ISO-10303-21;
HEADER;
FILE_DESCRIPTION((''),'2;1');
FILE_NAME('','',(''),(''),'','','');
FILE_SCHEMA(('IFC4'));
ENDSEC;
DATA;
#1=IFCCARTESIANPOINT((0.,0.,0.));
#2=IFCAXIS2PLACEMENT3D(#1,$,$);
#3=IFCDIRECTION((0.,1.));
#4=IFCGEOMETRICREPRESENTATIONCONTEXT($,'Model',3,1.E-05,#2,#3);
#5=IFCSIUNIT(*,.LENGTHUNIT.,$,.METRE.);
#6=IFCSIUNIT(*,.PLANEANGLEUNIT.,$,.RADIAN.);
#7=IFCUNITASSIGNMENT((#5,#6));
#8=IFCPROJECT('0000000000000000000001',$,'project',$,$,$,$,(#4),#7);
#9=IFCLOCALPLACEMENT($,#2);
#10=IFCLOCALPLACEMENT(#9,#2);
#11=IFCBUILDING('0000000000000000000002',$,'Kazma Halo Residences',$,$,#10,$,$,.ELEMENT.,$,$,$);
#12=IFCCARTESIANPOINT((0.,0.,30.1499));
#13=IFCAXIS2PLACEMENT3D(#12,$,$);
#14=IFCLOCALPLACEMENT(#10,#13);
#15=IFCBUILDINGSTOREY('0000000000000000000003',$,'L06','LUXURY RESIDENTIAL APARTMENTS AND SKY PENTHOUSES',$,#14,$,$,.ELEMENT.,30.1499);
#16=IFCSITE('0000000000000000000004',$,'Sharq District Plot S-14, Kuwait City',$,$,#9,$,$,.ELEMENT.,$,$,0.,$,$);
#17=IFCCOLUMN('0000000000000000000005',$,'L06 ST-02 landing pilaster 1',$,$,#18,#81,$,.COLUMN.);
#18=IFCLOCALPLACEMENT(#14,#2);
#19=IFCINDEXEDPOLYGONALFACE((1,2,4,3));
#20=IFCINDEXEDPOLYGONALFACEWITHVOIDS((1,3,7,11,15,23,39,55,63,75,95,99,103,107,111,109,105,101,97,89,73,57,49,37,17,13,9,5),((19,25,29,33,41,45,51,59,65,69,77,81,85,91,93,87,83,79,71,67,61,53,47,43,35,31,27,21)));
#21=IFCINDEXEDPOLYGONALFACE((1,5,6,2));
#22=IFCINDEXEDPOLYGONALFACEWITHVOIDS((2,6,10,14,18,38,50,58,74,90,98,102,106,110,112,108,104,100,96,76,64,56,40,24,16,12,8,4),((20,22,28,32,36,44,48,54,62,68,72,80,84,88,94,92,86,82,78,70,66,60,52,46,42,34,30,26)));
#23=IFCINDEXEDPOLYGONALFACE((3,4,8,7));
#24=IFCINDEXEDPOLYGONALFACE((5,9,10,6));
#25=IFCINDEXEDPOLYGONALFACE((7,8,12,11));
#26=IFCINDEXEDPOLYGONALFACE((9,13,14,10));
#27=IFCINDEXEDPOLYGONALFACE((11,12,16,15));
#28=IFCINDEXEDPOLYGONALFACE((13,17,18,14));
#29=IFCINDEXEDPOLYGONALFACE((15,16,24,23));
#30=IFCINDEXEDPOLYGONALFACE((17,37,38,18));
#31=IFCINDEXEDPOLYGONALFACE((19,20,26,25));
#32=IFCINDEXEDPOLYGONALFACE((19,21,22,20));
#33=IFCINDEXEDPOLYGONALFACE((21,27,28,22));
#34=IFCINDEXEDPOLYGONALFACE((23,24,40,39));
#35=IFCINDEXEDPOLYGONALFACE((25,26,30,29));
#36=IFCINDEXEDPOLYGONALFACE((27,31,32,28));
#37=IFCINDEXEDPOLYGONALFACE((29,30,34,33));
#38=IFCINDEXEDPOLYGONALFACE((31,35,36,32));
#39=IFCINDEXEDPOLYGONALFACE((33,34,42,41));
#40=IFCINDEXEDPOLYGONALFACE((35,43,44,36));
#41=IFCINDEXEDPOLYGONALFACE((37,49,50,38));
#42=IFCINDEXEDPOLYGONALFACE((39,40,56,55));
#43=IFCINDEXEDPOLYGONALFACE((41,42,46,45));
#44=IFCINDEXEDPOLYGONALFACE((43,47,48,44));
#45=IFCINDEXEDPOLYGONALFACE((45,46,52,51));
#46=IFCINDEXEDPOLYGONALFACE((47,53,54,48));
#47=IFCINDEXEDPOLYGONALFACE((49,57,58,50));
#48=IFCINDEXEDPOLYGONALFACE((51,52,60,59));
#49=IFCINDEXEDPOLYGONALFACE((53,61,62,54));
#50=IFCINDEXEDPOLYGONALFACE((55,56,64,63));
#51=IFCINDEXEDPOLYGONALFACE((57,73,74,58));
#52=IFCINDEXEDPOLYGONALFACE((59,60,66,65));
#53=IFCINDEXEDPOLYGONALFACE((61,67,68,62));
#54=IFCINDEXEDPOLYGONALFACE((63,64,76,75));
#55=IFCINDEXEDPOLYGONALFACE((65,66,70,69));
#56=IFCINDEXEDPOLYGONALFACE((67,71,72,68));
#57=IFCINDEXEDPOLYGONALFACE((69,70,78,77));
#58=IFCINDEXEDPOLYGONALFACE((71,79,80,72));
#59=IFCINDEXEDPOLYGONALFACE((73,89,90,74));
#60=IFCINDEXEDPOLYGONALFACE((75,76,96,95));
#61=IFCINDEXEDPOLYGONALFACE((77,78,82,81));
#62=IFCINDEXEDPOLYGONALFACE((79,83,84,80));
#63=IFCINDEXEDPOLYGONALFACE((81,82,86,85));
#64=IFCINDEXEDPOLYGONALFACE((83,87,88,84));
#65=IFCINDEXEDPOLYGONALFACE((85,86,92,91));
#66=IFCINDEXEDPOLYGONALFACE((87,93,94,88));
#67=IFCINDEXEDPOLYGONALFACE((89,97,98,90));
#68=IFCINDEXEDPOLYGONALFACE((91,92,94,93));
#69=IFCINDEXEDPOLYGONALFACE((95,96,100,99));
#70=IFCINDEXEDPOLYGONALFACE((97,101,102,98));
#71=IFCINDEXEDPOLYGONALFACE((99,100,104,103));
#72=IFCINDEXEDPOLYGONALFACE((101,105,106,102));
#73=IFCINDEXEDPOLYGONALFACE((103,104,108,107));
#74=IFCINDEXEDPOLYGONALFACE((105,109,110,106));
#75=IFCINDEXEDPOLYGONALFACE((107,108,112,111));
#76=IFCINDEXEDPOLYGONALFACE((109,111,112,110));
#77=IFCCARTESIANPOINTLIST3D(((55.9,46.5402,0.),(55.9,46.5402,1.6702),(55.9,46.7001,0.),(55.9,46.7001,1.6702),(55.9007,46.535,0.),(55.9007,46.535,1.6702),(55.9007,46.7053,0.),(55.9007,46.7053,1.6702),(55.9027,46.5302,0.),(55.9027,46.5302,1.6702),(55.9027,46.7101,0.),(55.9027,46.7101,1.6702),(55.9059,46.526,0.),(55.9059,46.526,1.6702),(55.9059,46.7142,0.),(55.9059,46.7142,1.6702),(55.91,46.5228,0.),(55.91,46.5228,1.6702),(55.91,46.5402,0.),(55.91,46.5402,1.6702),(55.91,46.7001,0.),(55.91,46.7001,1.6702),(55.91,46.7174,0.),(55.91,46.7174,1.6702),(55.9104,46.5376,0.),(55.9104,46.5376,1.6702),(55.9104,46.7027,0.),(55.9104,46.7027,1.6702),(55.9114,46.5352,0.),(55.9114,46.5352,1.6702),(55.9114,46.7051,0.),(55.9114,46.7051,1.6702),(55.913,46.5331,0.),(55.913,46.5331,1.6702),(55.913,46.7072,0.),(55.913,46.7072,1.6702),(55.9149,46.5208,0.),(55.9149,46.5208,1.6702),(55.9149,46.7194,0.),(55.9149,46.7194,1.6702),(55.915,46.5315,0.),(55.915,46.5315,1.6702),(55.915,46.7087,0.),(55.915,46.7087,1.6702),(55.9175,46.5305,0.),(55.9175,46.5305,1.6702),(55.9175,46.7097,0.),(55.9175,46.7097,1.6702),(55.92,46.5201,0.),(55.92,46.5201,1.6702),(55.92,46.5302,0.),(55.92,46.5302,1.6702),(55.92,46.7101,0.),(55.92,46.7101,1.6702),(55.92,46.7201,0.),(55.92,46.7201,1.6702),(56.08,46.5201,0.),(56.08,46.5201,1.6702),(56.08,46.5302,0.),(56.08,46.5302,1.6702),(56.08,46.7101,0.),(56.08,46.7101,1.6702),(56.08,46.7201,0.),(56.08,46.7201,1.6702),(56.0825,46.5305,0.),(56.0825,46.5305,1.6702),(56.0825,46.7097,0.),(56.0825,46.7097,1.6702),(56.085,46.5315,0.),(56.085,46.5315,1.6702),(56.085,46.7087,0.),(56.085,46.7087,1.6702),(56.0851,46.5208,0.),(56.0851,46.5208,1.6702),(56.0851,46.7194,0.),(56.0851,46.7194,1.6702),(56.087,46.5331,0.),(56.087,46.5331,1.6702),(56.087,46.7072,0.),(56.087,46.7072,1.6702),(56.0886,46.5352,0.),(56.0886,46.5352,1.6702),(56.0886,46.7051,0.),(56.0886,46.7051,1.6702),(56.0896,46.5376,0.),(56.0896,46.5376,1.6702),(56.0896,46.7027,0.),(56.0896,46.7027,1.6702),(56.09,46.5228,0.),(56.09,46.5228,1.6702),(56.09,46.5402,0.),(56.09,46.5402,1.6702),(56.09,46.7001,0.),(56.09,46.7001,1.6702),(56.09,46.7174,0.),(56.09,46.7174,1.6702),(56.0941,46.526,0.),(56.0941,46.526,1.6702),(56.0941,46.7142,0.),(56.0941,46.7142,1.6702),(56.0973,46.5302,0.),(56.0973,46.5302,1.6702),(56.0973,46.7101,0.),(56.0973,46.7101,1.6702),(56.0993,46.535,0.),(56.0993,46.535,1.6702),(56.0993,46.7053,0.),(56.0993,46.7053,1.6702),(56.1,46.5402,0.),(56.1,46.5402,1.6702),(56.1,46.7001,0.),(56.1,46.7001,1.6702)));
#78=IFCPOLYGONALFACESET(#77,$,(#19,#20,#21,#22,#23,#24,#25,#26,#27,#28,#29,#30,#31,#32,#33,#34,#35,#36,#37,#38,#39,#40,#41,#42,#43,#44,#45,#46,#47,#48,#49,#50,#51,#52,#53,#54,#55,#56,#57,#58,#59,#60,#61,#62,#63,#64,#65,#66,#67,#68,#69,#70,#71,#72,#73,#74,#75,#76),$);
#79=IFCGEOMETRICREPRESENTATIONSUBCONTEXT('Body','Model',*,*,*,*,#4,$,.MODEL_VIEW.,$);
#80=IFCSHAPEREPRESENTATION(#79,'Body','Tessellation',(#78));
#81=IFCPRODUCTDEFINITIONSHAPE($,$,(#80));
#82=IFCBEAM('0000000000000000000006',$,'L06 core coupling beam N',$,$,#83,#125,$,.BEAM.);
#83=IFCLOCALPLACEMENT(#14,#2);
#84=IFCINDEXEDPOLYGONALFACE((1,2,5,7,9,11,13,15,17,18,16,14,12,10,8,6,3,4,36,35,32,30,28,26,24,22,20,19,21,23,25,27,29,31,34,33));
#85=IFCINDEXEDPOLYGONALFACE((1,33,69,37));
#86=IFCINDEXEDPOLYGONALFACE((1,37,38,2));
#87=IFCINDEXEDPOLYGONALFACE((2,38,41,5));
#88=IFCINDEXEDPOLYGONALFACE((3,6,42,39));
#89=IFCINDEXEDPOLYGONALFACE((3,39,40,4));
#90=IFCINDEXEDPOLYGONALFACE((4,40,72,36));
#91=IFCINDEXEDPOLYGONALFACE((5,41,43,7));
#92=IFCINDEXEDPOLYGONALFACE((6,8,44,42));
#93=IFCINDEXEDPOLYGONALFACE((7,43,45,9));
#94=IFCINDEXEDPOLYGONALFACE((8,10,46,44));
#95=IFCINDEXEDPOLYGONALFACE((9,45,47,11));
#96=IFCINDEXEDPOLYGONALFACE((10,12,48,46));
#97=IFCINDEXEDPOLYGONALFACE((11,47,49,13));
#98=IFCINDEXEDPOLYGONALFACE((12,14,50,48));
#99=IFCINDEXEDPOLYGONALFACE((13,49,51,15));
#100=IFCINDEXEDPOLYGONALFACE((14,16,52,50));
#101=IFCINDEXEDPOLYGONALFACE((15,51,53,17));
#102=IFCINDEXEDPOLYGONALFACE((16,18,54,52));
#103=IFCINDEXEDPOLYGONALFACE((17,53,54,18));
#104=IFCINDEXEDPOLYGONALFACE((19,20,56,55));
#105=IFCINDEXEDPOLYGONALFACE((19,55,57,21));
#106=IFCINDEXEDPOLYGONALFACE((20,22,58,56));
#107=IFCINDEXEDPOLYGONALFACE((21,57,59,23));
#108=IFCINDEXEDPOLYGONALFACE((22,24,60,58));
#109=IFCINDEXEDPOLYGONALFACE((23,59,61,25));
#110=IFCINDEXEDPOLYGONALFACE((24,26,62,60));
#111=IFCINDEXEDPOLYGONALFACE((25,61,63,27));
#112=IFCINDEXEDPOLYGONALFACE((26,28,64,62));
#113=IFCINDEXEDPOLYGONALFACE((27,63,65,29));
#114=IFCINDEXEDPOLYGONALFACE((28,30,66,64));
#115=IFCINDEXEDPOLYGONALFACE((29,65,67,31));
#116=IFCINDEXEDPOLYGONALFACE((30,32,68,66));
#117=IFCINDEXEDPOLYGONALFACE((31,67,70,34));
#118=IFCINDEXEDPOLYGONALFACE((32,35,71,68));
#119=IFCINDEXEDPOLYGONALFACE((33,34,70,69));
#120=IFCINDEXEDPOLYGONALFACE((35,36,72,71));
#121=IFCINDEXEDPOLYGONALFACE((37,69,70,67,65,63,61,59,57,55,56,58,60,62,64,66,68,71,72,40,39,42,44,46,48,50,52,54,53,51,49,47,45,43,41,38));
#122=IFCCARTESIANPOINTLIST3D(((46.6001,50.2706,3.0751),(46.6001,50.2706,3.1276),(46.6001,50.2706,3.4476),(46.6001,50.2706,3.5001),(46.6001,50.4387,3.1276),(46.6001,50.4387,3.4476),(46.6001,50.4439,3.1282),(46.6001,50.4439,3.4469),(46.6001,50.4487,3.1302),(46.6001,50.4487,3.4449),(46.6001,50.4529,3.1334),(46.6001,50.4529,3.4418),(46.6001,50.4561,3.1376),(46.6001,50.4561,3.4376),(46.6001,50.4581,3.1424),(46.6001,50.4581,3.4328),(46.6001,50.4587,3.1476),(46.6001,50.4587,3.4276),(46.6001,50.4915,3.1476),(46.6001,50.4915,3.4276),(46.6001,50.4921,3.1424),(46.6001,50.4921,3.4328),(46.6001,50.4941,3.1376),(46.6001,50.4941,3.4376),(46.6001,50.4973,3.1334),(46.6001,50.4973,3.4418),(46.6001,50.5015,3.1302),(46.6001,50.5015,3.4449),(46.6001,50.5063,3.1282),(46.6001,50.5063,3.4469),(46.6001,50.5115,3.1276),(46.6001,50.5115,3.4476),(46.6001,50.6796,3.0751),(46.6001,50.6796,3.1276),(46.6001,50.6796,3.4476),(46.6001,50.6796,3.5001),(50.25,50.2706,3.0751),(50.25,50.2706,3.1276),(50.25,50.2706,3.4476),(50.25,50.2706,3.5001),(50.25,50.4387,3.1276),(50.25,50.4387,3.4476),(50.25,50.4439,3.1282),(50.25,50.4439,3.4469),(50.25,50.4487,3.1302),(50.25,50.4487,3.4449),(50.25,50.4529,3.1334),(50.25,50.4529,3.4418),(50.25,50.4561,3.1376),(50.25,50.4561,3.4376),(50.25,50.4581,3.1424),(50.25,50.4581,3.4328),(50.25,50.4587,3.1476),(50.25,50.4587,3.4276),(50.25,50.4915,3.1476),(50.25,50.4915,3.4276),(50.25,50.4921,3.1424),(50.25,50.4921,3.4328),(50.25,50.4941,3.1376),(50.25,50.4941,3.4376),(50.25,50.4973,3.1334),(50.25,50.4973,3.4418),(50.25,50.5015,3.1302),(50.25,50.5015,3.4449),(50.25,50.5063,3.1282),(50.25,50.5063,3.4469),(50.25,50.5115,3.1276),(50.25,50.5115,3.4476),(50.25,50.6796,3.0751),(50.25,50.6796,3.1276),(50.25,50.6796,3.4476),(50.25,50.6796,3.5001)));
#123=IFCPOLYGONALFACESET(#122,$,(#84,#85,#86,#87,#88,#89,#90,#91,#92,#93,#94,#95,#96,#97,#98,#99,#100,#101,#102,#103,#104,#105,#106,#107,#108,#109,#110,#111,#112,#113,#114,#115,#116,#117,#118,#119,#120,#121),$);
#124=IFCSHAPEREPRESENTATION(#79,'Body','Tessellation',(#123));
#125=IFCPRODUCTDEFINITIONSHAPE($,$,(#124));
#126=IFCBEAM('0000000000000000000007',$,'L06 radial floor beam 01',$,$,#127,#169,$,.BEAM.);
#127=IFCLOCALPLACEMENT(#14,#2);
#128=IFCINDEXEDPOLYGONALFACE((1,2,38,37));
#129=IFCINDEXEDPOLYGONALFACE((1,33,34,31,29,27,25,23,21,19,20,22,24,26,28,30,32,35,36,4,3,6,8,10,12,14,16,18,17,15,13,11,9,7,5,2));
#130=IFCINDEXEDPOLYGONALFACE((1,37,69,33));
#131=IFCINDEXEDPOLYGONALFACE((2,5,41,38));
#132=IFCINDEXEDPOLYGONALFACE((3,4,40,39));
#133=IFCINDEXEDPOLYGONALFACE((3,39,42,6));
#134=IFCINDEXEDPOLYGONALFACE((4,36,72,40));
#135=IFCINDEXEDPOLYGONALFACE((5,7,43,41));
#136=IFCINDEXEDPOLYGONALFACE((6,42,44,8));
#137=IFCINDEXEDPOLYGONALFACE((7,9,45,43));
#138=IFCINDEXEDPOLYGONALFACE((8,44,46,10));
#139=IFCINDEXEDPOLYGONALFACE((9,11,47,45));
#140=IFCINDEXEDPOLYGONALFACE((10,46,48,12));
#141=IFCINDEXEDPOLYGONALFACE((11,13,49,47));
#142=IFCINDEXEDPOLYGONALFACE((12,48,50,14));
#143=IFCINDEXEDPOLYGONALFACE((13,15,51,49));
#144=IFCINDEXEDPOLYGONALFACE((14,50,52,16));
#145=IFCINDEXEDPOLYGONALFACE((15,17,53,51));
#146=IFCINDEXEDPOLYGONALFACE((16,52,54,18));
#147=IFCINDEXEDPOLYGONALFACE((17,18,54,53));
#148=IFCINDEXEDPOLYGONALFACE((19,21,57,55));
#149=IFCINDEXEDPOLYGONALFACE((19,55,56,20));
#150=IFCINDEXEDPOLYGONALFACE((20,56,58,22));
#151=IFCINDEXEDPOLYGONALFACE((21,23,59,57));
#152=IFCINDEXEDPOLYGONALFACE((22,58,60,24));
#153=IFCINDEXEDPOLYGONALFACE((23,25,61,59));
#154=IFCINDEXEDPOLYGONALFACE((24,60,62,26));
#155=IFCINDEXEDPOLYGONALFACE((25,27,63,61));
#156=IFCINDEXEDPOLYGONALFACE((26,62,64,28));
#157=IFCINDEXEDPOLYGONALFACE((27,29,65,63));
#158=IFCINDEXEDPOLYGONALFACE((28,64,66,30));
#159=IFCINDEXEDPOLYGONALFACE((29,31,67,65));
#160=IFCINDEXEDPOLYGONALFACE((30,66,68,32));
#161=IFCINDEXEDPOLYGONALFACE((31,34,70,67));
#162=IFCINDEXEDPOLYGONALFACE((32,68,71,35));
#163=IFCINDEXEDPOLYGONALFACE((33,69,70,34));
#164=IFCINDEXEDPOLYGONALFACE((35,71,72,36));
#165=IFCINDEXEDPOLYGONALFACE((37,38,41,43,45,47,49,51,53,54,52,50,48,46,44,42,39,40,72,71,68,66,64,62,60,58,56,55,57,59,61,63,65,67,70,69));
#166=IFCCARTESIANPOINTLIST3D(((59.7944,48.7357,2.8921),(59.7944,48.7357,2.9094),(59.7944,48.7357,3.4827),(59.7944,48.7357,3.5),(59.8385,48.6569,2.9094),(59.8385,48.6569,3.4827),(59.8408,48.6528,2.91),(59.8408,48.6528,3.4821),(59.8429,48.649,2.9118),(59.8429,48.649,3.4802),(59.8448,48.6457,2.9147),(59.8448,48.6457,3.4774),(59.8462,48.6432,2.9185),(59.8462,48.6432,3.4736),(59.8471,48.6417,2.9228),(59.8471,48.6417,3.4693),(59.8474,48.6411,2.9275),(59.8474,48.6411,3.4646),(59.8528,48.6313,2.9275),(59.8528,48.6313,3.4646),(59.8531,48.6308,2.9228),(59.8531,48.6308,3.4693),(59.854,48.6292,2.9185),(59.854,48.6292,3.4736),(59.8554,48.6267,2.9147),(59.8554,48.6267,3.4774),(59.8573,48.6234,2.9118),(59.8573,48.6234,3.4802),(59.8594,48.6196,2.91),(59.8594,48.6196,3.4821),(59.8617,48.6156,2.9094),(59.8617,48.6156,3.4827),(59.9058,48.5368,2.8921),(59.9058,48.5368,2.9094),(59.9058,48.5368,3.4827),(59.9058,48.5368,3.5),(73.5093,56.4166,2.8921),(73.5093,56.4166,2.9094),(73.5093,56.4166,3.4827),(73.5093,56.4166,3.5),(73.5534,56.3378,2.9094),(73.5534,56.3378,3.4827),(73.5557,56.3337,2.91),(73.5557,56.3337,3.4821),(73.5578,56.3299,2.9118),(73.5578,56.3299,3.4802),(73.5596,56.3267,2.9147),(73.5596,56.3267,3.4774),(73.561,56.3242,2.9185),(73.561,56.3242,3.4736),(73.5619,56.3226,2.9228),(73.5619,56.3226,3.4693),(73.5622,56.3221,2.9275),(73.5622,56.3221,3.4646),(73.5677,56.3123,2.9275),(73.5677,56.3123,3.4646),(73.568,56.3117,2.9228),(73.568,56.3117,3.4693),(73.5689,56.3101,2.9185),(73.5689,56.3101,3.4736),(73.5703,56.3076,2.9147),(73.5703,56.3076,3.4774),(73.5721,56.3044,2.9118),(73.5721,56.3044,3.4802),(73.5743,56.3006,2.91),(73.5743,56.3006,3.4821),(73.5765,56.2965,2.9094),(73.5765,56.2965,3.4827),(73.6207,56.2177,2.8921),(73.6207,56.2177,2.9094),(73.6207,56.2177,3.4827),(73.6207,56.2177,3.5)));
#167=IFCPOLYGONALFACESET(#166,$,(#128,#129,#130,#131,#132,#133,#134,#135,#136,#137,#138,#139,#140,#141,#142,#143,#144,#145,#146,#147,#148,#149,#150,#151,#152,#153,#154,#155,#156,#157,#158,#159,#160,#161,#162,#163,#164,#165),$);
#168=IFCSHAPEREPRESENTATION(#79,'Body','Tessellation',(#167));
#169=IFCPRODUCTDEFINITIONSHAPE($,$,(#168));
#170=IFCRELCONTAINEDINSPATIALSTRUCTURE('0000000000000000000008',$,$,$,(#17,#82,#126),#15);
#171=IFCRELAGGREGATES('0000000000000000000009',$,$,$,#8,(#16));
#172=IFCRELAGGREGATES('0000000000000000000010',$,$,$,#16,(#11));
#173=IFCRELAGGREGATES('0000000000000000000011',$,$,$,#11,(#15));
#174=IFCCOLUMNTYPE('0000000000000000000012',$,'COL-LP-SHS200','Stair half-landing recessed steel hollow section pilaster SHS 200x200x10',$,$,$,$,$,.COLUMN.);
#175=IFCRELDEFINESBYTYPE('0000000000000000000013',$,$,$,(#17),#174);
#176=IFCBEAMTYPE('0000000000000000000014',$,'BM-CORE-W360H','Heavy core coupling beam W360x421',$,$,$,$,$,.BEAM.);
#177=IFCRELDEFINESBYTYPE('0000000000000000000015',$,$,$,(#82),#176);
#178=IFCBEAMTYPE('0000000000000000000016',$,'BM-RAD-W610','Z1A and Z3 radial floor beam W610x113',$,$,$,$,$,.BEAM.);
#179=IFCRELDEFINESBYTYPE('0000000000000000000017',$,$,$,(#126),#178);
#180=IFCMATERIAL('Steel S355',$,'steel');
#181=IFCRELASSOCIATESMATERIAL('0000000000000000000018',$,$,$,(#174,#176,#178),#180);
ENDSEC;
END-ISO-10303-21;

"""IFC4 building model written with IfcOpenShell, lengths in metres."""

from ifc_helpers import new_model, si_unit, direction, frame, origin, origin_2d, place, context, subcontext, project, spatial, hollow_rectangle, i_section, extrude, material, material_profile, profile_set, type_object, element, save


model = new_model("IFC4")

# Units and contexts
model_context = context("Model", 3, precision=1e-05, world=origin(), true_north=direction((0.0, 1.0)))
body_context = subcontext(model_context, "Body", "Model", "MODEL_VIEW")
ifc_project = project(units=[si_unit("LENGTHUNIT", "METRE"), si_unit("PLANEANGLEUNIT", "RADIAN")], contexts=[model_context])

# Site, building, storey
site_placement = place(None, origin())
site = spatial("IfcSite", under=ifc_project, at=site_placement, Name="Sharq District Plot S-14, Kuwait City", CompositionType="ELEMENT", RefElevation=0.0)
building_placement = place(site_placement, origin())
building = spatial("IfcBuilding", under=site, at=building_placement, Name="Kazma Halo Residences", CompositionType="ELEMENT")
storey_placement = place(building_placement, frame((0.0, 0.0, 30.1499)))
storey = spatial("IfcBuildingStorey", under=building, at=storey_placement, Name="L06", Description="LUXURY RESIDENTIAL APARTMENTS AND SKY PENTHOUSES", CompositionType="ELEMENT", Elevation=30.1499)

# Column
ifc_material_1 = material(Name="Steel S355", Category="steel")
ifc_material_profile_1 = material_profile(ifc_material_1, hollow_rectangle(XDim=0.2, YDim=0.2, WallThickness=0.01, InnerFilletRadius=0.01, OuterFilletRadius=0.02, at=origin_2d()), Name="SHS200x200x10")
ifc_profile_set_1 = profile_set([ifc_material_profile_1], Name="Steel S355")
column_type = type_object("IfcColumnType", Name="COL-LP-SHS200", Description="Stair half-landing recessed steel hollow section pilaster SHS 200x200x10", PredefinedType="COLUMN", material=ifc_profile_set_1)
column_placement = place(storey_placement, frame((56.0, 46.6201, 0.0), z_axis=(0.0, 0.0, 1.0), x_axis=(1.0, 0.0, 0.0)))
element("IfcColumn", 1, at=column_placement, inside=storey, type_object=column_type, Name="L06 ST-02 landing pilaster 1", PredefinedType="COLUMN", context=body_context, shape_type="SweptSolid", body=[
    extrude(hollow_rectangle(XDim=0.2, YDim=0.2, WallThickness=0.01, InnerFilletRadius=0.01, OuterFilletRadius=0.02, at=origin_2d()), origin(), (0.0, 0.0, 1.0), 1.6702),
])

# Beams
ifc_material_profile_2 = material_profile(ifc_material_1, i_section(OverallWidth=0.4089, OverallDepth=0.425, WebThickness=0.0327, FlangeThickness=0.0525, FilletRadius=0.02, at=origin_2d()), Name="W360x421")
ifc_profile_set_2 = profile_set([ifc_material_profile_2], Name="Steel S355")
beam_type_1 = type_object("IfcBeamType", Name="BM-CORE-W360H", Description="Heavy core coupling beam W360x421", PredefinedType="BEAM", material=ifc_profile_set_2)
beam_1_placement = place(storey_placement, frame((46.6001, 50.4751, 3.2876), z_axis=(1.0, 0.0, 0.0), x_axis=(0.0, 1.0, 0.0)))
element("IfcBeam", 2, at=beam_1_placement, inside=storey, type_object=beam_type_1, Name="L06 core coupling beam N", PredefinedType="BEAM", context=body_context, shape_type="SweptSolid", body=[
    extrude(i_section(OverallWidth=0.4089, OverallDepth=0.425, WebThickness=0.0327, FlangeThickness=0.0525, FilletRadius=0.02, at=origin_2d()), origin(), (0.0, 0.0, 1.0), 3.6499),
])
ifc_material_profile_3 = material_profile(ifc_material_1, i_section(OverallWidth=0.228, OverallDepth=0.6079, WebThickness=0.0112, FlangeThickness=0.0173, FilletRadius=0.0181, at=origin_2d()), Name="W610x113")
ifc_profile_set_3 = profile_set([ifc_material_profile_3], Name="Steel S355")
beam_type_2 = type_object("IfcBeamType", Name="BM-RAD-W610", Description="Z1A and Z3 radial floor beam W610x113", PredefinedType="BEAM", material=ifc_profile_set_3)
beam_2_placement = place(storey_placement, frame((59.8501, 48.6362, 3.196), z_axis=(0.87249, 0.488632, 0.0), x_axis=(-0.488632, 0.87249, 0.0)))
element("IfcBeam", 3, at=beam_2_placement, inside=storey, type_object=beam_type_2, Name="L06 radial floor beam 01", PredefinedType="BEAM", context=body_context, shape_type="SweptSolid", body=[
    extrude(i_section(OverallWidth=0.228, OverallDepth=0.6079, WebThickness=0.0112, FlangeThickness=0.0173, FilletRadius=0.0181, at=origin_2d()), origin(), (0.0, 0.0, 1.0), 15.7192),
])

save(model, "model.ifc")
